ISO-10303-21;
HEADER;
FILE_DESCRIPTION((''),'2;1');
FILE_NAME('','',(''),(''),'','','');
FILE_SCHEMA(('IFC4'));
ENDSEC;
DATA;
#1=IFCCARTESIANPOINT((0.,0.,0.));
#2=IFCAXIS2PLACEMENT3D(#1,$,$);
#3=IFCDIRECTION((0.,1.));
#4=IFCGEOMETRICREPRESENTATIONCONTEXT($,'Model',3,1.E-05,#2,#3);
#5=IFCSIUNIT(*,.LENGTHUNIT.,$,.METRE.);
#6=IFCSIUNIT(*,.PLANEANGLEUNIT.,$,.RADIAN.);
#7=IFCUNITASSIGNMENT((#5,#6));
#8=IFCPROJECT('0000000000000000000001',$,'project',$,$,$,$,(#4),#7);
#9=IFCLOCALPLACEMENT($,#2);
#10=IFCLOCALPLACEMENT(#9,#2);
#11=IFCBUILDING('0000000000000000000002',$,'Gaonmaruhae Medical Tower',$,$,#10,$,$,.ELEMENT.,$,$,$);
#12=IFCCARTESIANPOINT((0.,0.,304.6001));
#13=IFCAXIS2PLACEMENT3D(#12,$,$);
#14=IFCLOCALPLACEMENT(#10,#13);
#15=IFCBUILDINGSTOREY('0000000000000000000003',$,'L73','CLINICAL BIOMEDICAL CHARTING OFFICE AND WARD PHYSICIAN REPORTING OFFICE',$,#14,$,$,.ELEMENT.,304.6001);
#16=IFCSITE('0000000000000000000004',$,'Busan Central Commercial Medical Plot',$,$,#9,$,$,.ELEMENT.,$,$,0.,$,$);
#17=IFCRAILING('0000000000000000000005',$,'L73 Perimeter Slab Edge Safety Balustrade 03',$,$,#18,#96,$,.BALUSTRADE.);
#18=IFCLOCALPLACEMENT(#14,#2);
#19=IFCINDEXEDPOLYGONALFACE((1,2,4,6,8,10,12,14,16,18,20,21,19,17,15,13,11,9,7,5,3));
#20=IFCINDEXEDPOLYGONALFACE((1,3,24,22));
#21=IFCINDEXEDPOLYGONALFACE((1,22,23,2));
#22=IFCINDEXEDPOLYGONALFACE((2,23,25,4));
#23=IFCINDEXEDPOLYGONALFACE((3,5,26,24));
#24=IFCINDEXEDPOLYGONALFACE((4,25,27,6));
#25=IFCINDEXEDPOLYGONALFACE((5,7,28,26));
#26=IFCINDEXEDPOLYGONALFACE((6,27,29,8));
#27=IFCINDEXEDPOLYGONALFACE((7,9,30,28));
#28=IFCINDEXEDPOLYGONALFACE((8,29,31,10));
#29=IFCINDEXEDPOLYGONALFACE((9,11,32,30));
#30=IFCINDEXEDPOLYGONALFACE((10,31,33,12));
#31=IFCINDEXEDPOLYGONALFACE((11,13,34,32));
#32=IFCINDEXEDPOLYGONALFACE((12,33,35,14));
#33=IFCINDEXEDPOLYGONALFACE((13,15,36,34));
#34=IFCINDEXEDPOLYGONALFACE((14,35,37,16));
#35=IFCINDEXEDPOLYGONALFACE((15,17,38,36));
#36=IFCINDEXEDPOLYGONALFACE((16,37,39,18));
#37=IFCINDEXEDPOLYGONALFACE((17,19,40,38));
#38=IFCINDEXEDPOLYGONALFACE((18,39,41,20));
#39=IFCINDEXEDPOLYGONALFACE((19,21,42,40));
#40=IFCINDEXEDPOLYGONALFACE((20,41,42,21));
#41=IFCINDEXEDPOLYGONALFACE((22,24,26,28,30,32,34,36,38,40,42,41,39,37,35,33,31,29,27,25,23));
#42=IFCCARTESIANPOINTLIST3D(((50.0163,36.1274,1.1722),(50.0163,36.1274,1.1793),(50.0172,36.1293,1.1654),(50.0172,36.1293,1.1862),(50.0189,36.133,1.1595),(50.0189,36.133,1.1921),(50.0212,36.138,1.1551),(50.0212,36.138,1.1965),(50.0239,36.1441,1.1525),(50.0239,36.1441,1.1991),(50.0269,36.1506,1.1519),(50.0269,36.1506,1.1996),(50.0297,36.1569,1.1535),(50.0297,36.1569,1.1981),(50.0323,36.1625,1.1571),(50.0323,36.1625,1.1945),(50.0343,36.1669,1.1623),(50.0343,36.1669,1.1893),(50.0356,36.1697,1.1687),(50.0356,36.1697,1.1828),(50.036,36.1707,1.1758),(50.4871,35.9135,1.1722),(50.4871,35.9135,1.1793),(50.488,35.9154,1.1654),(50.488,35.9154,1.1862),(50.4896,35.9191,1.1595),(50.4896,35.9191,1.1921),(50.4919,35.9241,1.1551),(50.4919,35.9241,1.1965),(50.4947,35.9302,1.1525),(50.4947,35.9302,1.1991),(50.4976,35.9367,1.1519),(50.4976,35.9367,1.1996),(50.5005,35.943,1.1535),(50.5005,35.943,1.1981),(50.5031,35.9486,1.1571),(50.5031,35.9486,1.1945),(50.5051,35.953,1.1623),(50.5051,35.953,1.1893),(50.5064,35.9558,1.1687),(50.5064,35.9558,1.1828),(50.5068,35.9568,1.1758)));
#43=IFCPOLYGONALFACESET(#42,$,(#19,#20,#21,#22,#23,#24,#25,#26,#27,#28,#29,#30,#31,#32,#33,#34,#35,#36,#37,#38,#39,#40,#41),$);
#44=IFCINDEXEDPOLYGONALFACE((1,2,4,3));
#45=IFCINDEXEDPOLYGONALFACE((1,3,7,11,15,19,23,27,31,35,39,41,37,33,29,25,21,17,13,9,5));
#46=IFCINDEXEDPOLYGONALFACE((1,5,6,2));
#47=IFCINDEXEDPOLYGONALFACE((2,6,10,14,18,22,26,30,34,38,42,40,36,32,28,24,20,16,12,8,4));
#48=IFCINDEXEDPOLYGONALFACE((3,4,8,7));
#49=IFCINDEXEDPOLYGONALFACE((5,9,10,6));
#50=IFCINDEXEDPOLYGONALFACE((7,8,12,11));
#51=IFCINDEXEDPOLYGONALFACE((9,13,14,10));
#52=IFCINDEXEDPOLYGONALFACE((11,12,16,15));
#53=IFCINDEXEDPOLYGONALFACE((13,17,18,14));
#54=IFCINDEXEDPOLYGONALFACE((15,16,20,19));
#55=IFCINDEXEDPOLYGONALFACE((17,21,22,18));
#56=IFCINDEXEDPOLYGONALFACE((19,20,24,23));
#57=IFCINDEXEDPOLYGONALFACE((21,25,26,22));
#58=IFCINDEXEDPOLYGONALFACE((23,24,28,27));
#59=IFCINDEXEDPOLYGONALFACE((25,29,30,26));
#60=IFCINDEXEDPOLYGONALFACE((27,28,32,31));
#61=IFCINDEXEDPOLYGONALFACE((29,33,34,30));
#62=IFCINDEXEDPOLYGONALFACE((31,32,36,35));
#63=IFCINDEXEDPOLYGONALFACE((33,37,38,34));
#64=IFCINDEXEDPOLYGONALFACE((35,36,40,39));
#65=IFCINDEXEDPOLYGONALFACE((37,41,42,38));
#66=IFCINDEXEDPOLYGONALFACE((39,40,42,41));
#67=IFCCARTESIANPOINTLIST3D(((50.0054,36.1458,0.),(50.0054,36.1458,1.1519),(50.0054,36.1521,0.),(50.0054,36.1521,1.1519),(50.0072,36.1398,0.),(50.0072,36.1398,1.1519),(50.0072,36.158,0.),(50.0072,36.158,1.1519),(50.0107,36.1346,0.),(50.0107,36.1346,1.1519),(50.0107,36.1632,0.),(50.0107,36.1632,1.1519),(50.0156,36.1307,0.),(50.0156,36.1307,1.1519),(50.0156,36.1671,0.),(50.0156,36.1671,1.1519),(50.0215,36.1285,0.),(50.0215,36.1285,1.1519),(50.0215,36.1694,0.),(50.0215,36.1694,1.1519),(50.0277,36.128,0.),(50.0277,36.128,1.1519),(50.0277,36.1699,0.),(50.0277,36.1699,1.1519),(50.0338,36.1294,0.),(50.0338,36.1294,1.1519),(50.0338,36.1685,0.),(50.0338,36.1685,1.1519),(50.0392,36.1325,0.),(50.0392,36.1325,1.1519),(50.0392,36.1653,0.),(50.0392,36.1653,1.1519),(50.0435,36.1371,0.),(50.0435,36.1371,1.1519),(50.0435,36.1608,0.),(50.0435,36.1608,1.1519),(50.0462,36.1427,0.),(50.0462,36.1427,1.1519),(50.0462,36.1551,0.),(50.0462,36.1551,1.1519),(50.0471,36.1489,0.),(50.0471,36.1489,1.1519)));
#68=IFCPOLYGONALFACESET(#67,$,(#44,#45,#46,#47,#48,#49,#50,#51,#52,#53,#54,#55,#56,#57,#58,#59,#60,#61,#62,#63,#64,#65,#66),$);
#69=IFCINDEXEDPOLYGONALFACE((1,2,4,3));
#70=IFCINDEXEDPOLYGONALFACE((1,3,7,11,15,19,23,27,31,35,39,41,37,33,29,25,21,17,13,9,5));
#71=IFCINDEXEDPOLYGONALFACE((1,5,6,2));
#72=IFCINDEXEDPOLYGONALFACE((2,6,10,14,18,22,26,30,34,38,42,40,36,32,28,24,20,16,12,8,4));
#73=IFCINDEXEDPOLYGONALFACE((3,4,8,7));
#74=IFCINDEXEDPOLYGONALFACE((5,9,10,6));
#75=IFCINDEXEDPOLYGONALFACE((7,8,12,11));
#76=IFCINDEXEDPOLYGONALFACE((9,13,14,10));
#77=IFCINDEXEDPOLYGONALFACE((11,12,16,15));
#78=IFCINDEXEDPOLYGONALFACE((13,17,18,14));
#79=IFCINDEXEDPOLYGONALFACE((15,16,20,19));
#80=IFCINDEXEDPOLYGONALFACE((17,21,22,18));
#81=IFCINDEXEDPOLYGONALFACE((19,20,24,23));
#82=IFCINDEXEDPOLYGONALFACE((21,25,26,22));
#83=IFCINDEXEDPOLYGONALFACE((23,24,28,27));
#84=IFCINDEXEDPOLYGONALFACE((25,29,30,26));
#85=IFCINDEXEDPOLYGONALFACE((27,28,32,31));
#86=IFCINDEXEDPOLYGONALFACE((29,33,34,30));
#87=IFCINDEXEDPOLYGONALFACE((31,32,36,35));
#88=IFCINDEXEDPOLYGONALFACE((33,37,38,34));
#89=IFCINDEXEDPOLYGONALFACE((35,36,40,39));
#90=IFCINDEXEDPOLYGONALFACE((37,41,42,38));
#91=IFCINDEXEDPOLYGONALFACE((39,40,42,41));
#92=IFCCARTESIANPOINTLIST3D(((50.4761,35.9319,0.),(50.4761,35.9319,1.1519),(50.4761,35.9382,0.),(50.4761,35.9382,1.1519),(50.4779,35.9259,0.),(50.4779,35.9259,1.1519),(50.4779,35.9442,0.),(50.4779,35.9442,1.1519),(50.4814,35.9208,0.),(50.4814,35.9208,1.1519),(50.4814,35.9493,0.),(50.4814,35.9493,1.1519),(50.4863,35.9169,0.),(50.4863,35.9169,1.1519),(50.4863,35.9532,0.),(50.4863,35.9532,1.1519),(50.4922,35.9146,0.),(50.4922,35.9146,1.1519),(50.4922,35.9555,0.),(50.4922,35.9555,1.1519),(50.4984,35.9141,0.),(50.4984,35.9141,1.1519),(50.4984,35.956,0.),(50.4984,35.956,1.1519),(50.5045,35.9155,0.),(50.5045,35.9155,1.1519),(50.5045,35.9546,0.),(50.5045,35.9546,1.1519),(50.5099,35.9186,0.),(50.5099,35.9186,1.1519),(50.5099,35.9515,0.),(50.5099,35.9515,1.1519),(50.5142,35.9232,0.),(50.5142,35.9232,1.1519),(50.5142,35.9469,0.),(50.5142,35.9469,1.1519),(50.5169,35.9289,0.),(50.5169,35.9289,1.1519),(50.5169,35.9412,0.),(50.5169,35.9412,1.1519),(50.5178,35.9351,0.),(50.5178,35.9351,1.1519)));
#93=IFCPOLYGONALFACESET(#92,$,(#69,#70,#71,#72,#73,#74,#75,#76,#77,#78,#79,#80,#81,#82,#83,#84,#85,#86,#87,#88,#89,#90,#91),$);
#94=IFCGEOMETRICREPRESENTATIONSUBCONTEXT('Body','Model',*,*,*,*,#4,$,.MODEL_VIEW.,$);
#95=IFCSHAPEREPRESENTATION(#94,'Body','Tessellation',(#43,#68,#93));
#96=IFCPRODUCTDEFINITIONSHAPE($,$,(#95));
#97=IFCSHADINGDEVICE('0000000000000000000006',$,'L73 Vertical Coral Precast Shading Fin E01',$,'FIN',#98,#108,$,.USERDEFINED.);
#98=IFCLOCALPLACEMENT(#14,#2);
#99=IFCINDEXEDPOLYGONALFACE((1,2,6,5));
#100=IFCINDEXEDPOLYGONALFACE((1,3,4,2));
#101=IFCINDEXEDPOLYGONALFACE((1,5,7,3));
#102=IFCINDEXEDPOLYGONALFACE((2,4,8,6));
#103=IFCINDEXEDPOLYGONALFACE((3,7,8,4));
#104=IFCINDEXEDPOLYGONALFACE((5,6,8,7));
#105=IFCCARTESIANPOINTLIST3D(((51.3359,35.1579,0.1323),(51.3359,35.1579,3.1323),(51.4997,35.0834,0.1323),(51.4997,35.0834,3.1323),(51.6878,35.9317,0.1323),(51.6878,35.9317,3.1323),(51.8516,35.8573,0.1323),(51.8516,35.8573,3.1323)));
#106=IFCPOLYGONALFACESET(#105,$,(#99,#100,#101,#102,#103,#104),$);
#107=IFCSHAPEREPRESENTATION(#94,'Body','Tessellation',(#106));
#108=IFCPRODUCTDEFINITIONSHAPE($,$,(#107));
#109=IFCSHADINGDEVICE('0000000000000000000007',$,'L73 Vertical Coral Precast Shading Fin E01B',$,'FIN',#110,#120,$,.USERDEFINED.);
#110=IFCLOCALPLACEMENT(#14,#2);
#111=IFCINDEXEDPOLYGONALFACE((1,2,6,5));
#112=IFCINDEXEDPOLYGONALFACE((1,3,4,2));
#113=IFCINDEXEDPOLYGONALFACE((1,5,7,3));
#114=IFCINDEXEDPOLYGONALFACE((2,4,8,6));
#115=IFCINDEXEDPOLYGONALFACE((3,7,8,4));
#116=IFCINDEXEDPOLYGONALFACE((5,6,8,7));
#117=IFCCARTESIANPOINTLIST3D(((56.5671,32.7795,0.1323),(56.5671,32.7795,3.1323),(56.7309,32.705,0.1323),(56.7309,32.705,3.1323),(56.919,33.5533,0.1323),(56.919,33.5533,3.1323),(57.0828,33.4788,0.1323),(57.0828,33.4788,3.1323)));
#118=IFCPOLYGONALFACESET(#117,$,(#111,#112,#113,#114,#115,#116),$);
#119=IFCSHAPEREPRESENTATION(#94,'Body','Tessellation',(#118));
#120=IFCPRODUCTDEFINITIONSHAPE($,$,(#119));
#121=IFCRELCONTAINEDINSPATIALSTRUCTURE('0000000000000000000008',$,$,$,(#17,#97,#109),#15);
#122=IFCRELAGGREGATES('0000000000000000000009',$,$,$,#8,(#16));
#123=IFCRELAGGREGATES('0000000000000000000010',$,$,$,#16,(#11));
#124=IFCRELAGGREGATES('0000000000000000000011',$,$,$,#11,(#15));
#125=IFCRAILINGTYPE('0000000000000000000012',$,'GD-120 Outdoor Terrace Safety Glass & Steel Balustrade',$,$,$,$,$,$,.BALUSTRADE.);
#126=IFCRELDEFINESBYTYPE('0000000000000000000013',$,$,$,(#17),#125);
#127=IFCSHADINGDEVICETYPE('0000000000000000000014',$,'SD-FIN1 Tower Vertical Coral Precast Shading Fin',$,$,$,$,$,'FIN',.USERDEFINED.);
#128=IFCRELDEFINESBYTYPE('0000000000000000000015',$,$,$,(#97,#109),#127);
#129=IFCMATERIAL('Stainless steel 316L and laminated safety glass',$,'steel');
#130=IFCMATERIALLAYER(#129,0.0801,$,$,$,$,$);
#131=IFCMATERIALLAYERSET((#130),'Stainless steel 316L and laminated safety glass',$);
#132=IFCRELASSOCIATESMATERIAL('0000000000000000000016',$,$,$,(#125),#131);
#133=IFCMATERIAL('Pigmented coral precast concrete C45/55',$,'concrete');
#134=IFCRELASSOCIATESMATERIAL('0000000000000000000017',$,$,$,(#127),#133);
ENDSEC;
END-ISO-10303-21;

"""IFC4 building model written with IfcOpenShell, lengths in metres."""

from ifc_helpers import new_model, si_unit, direction, frame, origin, origin_2d, place, context, subcontext, project, spatial, rectangle, circle, extrude, material, layer, layer_set, type_object, element, save


model = new_model("IFC4")

# Units and contexts
model_context = context("Model", 3, precision=1e-05, world=origin(), true_north=direction((0.0, 1.0)))
body_context = subcontext(model_context, "Body", "Model", "MODEL_VIEW")
ifc_project = project(units=[si_unit("LENGTHUNIT", "METRE"), si_unit("PLANEANGLEUNIT", "RADIAN")], contexts=[model_context])

# Site, building, storey
site_placement = place(None, origin())
site = spatial("IfcSite", under=ifc_project, at=site_placement, Name="Busan Central Commercial Medical Plot", CompositionType="ELEMENT", RefElevation=0.0)
building_placement = place(site_placement, origin())
building = spatial("IfcBuilding", under=site, at=building_placement, Name="Gaonmaruhae Medical Tower", CompositionType="ELEMENT")
storey_placement = place(building_placement, frame((0.0, 0.0, 304.6001)))
storey = spatial("IfcBuildingStorey", under=building, at=storey_placement, Name="L73", Description="CLINICAL BIOMEDICAL CHARTING OFFICE AND WARD PHYSICIAN REPORTING OFFICE", CompositionType="ELEMENT", Elevation=304.6001)

# Railing
ifc_material_1 = material(Name="Stainless steel 316L and laminated safety glass", Category="steel")
ifc_layer_1 = layer(ifc_material_1, 0.0801)
ifc_layer_set_1 = layer_set([ifc_layer_1], Name="Stainless steel 316L and laminated safety glass")
railing_type = type_object("IfcRailingType", Name="GD-120 Outdoor Terrace Safety Glass & Steel Balustrade", PredefinedType="BALUSTRADE", material=ifc_layer_set_1)
railing_placement = place(storey_placement, frame((50.0261, 36.1489, 0.0)))
element("IfcRailing", 1, at=railing_placement, inside=storey, type_object=railing_type, Name="L73 Perimeter Slab Edge Safety Balustrade 03", PredefinedType="BALUSTRADE", context=body_context, shape_type="SweptSolid", body=[
    extrude(circle(Radius=0.0239, at=origin_2d()), frame((0.0, 0.0, 1.1758), z_axis=(0.910431, -0.413661, 0.0), x_axis=(0.413661, 0.910431, 0.0)), (0.0, 0.0, 1.0), 0.5171),
    extrude(circle(Radius=0.021, at=origin_2d()), origin(), (0.0, 0.0, 1.0), 1.1519),
    extrude(circle(Radius=0.021, at=origin_2d()), frame((0.4707, -0.2139, 0.0)), (0.0, 0.0, 1.0), 1.1519),
])

# Shading devices
ifc_material_2 = material(Name="Pigmented coral precast concrete C45/55", Category="concrete")
shading_device_type = type_object("IfcShadingDeviceType", Name="SD-FIN1 Tower Vertical Coral Precast Shading Fin", ElementType="FIN", PredefinedType="USERDEFINED", material=ifc_material_2)
for number, where, z_axis, x_axis, name in (
    (2, (51.5938, 35.5076, 0.1323), (0.0, 0.0, 1.0), (0.910323, -0.413899, 0.0), "L73 Vertical Coral Precast Shading Fin E01"),
    (3, (56.825, 33.1292, 0.1323), (0.0, 0.0, 1.0), (0.910323, -0.413899, 0.0), "L73 Vertical Coral Precast Shading Fin E01B"),
):
    element("IfcShadingDevice", number, at=place(storey_placement, frame(where, z_axis=z_axis, x_axis=x_axis)), inside=storey, type_object=shading_device_type, Name=name, ObjectType="FIN", PredefinedType="USERDEFINED", context=body_context, shape_type="SweptSolid", body=[
        extrude(rectangle(XDim=0.1799, YDim=0.8501, at=origin_2d()), origin(), (0.0, 0.0, 1.0), 3.0),
    ])

save(model, "model.ifc")
